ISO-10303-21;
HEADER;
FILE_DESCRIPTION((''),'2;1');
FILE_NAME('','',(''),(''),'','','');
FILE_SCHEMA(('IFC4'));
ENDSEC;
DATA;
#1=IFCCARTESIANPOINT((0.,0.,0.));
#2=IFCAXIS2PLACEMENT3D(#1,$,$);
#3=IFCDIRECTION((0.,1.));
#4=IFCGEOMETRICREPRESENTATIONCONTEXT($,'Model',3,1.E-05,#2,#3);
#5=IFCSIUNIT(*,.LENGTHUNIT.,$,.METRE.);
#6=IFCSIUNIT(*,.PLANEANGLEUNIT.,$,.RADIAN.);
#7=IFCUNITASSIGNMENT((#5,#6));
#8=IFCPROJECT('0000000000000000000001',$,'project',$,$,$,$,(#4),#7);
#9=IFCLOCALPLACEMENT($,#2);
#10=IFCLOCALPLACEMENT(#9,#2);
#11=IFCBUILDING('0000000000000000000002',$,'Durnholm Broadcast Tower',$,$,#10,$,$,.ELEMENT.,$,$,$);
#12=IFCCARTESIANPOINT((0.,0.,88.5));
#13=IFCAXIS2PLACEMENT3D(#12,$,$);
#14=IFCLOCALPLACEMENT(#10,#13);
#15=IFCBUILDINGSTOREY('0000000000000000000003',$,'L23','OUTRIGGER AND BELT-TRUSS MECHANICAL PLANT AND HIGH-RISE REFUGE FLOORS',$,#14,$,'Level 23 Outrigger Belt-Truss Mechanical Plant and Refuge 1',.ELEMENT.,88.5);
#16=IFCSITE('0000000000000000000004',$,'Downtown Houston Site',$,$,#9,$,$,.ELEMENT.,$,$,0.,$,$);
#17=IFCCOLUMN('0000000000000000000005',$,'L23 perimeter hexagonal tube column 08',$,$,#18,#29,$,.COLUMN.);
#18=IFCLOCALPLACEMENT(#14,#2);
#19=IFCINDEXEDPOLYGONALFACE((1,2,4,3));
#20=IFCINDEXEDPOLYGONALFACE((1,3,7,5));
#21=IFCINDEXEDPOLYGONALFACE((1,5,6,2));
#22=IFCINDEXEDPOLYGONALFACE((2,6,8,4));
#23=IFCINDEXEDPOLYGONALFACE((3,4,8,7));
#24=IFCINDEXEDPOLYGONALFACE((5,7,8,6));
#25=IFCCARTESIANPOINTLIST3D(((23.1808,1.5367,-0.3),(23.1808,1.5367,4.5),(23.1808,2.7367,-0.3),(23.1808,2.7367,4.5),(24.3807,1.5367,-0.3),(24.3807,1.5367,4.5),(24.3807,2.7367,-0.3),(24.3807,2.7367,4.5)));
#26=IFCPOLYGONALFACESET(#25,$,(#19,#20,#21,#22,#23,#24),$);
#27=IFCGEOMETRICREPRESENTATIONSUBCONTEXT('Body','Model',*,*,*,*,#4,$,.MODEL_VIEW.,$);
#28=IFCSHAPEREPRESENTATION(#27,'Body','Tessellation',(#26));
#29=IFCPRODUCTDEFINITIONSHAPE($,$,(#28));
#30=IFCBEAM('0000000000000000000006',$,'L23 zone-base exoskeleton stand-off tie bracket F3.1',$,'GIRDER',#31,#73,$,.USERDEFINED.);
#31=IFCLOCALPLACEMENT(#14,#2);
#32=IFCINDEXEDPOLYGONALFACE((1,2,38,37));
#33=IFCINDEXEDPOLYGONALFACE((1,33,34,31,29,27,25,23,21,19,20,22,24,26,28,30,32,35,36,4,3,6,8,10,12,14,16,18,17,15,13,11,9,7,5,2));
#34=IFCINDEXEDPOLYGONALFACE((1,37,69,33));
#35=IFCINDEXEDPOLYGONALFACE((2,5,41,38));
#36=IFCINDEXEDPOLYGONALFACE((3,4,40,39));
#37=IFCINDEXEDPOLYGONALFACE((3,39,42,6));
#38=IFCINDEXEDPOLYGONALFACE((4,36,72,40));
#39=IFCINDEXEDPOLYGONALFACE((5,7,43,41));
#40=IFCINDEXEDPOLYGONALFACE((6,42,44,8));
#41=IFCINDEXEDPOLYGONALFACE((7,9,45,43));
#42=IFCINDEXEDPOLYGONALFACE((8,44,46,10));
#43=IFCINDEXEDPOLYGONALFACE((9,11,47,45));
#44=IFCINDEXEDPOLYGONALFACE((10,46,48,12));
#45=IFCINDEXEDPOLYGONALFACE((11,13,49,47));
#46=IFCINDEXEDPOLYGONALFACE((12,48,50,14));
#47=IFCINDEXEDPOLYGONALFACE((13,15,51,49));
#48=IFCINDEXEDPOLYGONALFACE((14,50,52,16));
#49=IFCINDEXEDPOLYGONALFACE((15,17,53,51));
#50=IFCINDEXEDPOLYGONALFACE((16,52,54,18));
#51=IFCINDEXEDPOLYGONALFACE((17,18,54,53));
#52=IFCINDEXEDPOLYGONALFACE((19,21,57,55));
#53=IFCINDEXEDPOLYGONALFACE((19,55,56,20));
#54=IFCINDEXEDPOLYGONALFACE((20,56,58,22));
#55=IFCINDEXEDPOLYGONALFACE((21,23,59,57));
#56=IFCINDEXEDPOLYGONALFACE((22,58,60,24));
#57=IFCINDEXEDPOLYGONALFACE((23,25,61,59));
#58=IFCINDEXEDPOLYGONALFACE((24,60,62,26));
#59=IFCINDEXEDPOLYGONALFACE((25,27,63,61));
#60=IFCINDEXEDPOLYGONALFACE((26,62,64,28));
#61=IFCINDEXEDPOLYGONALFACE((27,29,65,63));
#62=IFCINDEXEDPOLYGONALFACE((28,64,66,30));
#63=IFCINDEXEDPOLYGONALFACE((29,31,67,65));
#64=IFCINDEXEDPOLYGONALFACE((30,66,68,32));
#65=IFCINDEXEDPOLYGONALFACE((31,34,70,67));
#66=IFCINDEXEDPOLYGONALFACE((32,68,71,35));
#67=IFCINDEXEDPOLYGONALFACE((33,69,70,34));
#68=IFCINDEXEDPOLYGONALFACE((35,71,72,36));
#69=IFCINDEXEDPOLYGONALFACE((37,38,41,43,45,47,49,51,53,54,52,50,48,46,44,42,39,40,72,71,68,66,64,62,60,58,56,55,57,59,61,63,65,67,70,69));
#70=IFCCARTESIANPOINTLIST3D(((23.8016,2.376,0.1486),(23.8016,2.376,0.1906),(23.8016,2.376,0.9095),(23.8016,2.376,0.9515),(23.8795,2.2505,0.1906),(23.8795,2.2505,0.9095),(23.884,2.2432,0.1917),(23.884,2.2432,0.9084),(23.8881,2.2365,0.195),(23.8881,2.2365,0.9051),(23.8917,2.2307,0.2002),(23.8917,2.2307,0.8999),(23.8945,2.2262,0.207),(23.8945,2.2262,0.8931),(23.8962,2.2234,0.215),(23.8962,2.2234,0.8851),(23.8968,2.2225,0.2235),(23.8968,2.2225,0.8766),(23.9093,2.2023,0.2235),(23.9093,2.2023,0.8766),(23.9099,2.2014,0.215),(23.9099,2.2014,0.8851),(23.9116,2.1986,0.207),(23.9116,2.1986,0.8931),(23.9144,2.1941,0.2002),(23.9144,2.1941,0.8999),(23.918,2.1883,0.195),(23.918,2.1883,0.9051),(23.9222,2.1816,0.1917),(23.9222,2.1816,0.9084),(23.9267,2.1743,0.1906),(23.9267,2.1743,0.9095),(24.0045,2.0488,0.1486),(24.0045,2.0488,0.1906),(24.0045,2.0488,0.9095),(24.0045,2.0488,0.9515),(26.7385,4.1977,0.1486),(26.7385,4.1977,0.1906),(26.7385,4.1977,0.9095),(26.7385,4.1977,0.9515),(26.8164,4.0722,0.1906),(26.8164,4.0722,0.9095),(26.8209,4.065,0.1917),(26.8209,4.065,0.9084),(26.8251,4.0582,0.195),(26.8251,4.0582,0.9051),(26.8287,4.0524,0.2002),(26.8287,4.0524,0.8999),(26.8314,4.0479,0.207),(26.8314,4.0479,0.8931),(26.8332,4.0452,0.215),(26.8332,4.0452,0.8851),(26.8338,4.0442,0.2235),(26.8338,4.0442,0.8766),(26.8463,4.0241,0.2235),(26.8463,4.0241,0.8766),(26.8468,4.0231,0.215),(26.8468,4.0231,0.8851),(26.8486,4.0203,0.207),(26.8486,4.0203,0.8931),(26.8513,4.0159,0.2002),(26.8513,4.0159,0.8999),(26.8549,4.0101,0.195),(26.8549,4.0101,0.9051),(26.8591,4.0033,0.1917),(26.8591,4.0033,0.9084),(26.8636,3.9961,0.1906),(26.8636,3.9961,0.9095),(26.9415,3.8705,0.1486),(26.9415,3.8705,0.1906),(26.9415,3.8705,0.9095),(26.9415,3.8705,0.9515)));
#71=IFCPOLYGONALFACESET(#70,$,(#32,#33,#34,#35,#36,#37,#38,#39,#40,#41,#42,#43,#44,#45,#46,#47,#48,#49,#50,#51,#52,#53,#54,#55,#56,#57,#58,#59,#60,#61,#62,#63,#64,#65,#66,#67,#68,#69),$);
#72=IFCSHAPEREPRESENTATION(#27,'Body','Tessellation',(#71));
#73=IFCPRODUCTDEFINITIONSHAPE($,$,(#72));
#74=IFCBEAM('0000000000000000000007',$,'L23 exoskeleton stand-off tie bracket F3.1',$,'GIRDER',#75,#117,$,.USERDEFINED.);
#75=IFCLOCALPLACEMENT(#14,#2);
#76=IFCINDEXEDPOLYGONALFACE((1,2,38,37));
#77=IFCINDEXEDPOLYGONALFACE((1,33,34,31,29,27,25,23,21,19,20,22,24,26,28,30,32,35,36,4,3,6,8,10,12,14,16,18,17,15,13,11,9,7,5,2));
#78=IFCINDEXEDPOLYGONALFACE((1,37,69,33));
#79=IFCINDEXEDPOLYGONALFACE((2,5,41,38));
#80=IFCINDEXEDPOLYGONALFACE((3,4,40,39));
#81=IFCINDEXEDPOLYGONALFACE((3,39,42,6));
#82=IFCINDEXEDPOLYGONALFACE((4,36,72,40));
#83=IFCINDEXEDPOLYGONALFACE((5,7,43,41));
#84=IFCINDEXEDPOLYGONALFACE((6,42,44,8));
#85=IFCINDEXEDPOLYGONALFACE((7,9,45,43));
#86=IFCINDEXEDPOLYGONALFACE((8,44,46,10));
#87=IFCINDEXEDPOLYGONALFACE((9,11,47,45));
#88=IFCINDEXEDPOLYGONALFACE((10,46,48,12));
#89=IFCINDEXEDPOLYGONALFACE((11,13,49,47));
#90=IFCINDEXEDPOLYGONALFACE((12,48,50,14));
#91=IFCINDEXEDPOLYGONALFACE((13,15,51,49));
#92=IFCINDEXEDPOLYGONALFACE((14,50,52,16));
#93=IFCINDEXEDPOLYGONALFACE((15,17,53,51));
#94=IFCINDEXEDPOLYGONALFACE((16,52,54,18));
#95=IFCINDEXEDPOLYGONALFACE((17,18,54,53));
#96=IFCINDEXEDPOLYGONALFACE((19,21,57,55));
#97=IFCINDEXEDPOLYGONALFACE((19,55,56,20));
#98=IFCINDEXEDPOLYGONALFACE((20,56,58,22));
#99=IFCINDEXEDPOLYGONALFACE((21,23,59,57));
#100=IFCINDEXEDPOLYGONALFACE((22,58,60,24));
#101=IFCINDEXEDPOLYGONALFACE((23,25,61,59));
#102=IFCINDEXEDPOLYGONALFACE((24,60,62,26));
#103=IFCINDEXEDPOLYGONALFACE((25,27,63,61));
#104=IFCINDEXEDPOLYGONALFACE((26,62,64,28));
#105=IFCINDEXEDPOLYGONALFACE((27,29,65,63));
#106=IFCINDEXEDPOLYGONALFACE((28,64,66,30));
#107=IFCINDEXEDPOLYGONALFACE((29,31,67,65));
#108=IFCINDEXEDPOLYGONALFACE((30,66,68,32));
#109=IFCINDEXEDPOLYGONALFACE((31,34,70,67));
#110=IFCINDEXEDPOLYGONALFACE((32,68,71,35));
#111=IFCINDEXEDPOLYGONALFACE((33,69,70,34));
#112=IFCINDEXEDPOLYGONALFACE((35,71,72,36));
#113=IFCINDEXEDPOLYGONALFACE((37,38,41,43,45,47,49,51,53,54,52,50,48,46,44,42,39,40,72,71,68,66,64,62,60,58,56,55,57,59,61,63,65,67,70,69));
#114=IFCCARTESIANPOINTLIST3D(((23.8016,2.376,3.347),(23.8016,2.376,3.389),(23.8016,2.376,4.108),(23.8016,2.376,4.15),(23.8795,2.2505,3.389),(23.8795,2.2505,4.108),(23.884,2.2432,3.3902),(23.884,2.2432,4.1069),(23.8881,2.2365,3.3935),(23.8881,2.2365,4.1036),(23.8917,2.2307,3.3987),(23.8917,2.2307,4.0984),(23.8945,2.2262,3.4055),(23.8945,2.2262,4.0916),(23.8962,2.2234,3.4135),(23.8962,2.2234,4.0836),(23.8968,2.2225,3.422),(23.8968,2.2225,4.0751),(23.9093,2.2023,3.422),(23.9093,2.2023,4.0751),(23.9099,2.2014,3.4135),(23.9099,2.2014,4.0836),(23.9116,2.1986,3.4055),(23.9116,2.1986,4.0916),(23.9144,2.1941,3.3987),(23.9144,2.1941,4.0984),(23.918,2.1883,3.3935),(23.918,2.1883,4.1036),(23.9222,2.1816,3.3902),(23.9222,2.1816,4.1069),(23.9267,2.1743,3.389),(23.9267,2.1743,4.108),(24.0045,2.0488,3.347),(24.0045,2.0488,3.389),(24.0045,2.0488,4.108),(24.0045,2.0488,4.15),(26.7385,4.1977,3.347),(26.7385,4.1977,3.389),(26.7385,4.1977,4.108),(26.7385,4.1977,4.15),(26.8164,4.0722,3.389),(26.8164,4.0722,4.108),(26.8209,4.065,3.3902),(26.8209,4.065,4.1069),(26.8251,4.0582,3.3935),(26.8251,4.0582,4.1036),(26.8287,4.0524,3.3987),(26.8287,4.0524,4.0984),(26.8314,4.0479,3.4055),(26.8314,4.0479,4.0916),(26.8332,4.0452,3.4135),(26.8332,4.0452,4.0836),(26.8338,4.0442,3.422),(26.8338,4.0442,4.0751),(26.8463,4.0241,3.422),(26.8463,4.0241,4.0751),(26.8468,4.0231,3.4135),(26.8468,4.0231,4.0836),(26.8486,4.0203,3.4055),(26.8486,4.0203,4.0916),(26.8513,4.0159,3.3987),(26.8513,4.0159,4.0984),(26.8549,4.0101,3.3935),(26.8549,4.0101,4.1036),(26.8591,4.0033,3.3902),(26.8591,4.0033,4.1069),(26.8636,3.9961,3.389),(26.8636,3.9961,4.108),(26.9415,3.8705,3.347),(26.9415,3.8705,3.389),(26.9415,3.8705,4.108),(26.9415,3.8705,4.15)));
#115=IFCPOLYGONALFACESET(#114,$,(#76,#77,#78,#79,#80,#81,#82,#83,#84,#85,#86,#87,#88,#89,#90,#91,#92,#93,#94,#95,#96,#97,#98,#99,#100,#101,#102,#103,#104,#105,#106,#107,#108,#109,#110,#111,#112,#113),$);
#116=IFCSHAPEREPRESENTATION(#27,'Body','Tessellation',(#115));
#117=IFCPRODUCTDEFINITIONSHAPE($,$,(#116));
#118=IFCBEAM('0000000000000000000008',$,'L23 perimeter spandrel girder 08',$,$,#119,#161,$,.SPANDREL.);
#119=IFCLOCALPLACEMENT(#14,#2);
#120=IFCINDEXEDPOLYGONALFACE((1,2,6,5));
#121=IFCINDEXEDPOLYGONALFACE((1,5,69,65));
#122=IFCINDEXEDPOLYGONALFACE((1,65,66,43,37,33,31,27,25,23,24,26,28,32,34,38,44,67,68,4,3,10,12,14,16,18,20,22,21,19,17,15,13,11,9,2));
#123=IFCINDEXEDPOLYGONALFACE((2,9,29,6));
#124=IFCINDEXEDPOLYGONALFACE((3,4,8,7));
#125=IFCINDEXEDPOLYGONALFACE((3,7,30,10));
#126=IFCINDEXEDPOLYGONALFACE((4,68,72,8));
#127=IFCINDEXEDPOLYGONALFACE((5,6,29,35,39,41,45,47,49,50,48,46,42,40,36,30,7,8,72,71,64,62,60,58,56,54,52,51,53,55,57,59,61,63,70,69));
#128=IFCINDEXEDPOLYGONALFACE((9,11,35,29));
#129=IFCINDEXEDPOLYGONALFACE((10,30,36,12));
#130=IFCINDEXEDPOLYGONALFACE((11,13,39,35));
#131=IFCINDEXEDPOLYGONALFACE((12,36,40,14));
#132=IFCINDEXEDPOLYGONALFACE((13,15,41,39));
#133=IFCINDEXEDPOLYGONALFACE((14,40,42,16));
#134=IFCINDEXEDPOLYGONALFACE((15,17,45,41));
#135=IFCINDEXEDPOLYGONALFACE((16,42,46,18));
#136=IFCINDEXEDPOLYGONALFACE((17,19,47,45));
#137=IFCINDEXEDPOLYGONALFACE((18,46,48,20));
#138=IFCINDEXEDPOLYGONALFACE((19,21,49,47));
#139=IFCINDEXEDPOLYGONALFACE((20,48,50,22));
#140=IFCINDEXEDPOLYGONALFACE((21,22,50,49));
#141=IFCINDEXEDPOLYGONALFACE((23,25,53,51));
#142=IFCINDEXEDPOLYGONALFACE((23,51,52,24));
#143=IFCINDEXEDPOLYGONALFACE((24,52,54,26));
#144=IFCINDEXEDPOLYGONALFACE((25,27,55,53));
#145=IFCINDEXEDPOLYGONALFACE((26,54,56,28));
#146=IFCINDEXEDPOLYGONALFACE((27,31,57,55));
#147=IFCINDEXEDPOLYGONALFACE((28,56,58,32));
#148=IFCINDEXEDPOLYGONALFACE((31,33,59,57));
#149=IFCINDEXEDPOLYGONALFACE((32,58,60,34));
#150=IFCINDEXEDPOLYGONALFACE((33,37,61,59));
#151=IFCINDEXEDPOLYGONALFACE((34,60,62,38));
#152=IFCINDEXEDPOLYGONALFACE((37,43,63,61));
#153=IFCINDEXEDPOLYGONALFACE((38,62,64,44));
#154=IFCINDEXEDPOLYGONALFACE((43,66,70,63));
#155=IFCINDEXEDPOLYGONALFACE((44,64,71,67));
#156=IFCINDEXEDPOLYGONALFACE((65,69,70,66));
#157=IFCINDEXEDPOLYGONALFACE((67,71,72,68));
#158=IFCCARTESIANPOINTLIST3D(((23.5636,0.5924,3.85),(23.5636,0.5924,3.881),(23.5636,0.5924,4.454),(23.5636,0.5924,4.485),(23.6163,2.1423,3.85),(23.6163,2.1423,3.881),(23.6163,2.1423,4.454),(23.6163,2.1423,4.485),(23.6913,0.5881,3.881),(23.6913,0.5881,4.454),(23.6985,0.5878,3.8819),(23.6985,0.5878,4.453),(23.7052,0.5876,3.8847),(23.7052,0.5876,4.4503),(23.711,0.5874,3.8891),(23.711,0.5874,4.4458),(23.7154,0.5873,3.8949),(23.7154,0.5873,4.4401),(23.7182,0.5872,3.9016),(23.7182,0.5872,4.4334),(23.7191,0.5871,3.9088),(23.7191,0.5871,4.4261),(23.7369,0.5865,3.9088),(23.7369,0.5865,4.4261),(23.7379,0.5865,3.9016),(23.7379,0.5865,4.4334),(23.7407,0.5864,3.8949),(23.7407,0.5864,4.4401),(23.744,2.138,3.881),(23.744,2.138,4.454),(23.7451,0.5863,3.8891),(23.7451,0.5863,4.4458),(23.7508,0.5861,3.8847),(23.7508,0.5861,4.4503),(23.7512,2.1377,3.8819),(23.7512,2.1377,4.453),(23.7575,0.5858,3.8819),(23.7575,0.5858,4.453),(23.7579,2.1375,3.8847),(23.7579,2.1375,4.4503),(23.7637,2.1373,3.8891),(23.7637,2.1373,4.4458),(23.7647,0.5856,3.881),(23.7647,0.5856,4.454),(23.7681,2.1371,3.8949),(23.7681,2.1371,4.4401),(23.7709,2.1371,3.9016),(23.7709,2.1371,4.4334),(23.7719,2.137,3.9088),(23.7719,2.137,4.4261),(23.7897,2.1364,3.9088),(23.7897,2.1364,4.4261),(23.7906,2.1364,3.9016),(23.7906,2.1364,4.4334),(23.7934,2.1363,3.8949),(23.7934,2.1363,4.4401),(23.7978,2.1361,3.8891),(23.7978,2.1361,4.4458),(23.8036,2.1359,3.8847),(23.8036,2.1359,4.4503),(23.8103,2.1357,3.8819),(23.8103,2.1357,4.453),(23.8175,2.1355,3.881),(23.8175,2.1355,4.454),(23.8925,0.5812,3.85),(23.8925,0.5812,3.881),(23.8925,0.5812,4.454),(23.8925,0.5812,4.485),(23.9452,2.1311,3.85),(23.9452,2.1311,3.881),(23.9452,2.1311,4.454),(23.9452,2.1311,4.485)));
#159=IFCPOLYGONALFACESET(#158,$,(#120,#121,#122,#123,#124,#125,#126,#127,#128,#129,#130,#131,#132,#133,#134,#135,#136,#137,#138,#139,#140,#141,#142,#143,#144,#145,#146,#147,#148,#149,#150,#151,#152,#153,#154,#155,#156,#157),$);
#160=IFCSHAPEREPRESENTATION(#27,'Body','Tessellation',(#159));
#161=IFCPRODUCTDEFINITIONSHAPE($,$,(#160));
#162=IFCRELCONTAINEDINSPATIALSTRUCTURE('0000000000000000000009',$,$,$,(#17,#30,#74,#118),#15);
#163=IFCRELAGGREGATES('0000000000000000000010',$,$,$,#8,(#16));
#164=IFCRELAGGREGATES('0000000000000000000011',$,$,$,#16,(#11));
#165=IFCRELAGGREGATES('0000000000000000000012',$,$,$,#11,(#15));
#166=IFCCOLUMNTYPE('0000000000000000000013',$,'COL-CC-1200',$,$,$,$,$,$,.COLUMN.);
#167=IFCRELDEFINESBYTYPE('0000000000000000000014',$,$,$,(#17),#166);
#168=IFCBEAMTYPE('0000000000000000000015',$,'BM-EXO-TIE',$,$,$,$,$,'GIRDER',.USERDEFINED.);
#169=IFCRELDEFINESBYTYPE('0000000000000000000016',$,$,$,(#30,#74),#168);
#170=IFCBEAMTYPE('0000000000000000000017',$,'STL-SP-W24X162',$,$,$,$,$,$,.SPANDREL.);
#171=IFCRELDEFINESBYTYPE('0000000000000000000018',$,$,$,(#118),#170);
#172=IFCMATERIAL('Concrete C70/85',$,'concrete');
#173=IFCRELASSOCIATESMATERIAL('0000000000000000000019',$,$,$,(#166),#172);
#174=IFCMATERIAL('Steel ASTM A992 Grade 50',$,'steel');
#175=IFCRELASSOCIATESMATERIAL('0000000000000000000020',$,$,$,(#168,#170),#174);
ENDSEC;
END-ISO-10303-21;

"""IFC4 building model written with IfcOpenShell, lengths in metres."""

from ifc_helpers import new_model, si_unit, direction, frame, origin, origin_2d, place, context, subcontext, project, spatial, rectangle, i_section, extrude, source, transform, mapped, material, material_profile, profile_set, type_object, type_shapes, element, save


model = new_model("IFC4")

# Units and contexts
model_context = context("Model", 3, precision=1e-05, world=origin(), true_north=direction((0.0, 1.0)))
body_context = subcontext(model_context, "Body", "Model", "MODEL_VIEW")
ifc_project = project(units=[si_unit("LENGTHUNIT", "METRE"), si_unit("PLANEANGLEUNIT", "RADIAN")], contexts=[model_context])

# Site, building, storey
site_placement = place(None, origin())
site = spatial("IfcSite", under=ifc_project, at=site_placement, Name="Downtown Houston Site", CompositionType="ELEMENT", RefElevation=0.0)
building_placement = place(site_placement, origin())
building = spatial("IfcBuilding", under=site, at=building_placement, Name="Durnholm Broadcast Tower", CompositionType="ELEMENT")
storey_placement = place(building_placement, frame((0.0, 0.0, 88.5)))
storey = spatial("IfcBuildingStorey", under=building, at=storey_placement, Name="L23", Description="OUTRIGGER AND BELT-TRUSS MECHANICAL PLANT AND HIGH-RISE REFUGE FLOORS", LongName="Level 23 Outrigger Belt-Truss Mechanical Plant and Refuge 1", CompositionType="ELEMENT", Elevation=88.5)

# Column
ifc_material_1 = material(Name="Concrete C70/85", Category="concrete")
ifc_material_profile_1 = material_profile(ifc_material_1, rectangle(XDim=1.2, YDim=1.2, at=origin_2d()), Name="RC1200X1200")
ifc_profile_set_1 = profile_set([ifc_material_profile_1], Name="Concrete C70/85")
column_type = type_object("IfcColumnType", Name="COL-CC-1200", PredefinedType="COLUMN", material=ifc_profile_set_1)
shared_shape_1 = source(origin(), body_context, "Body", "SweptSolid", [
    extrude(rectangle(XDim=1.2, YDim=1.2, at=origin_2d()), origin(), (0.0, 0.0, 1.0), 4.8),
])
type_shapes(column_type, [shared_shape_1])
column_placement = place(storey_placement, frame((23.7808, 2.1367, -0.3), z_axis=(0.0, 0.0, 1.0), x_axis=(1.0, 0.0, 0.0)))
element("IfcColumn", 1, at=column_placement, inside=storey, type_object=column_type, Name="L23 perimeter hexagonal tube column 08", PredefinedType="COLUMN", context=body_context, shape_type="MappedRepresentation", body=[
    mapped(shared_shape_1, transform((0.0, 0.0, 0.0), x_axis=(1.0, 0.0, 0.0), y_axis=(0.0, 1.0, 0.0), z_axis=(0.0, 0.0, 1.0), scale=1.0)),
])

# Beams
ifc_material_2 = material(Name="Steel ASTM A992 Grade 50", Category="steel")
ifc_material_profile_2 = material_profile(ifc_material_2, i_section(OverallWidth=0.385, OverallDepth=0.803, WebThickness=0.0237, FlangeThickness=0.042, FilletRadius=0.033, at=origin_2d()), Name="W30X261")
ifc_profile_set_2 = profile_set([ifc_material_profile_2], Name="Steel ASTM A992 Grade 50")
beam_type_1 = type_object("IfcBeamType", Name="BM-EXO-TIE", ElementType="GIRDER", PredefinedType="USERDEFINED", material=ifc_profile_set_2)
shared_shape_2 = source(origin(), body_context, "Body", "SweptSolid", [
    extrude(i_section(OverallWidth=0.385, OverallDepth=0.803, WebThickness=0.0237, FlangeThickness=0.042, FilletRadius=0.033, at=origin_2d()), origin(), (0.0, 0.0, 1.0), 3.4561),
])
for number, where, z_axis, x_axis, name in (
    (2, (23.9031, 2.2124, 0.55), (0.849795, 0.527113, 0.0), (-0.527113, 0.849795, 0.0), "L23 zone-base exoskeleton stand-off tie bracket F3.1"),
    (3, (23.9031, 2.2124, 3.7485), (0.849795, 0.527113, 0.0), (-0.527113, 0.849795, 0.0), "L23 exoskeleton stand-off tie bracket F3.1"),
):
    element("IfcBeam", number, at=place(storey_placement, frame(where, z_axis=z_axis, x_axis=x_axis)), inside=storey, type_object=beam_type_1, Name=name, ObjectType="GIRDER", PredefinedType="USERDEFINED", context=body_context, shape_type="MappedRepresentation", body=[
        mapped(shared_shape_2, transform((0.0, 0.0, 0.0), x_axis=(1.0, 0.0, 0.0), y_axis=(0.0, 1.0, 0.0), z_axis=(0.0, 0.0, 1.0), scale=1.0)),
    ])
ifc_material_profile_3 = material_profile(ifc_material_2, i_section(OverallWidth=0.3291, OverallDepth=0.635, WebThickness=0.0178, FlangeThickness=0.031, FilletRadius=0.0278, at=origin_2d()), Name="W24X162")
ifc_profile_set_3 = profile_set([ifc_material_profile_3], Name="Steel ASTM A992 Grade 50")
beam_type_2 = type_object("IfcBeamType", Name="STL-SP-W24X162", PredefinedType="SPANDREL", material=ifc_profile_set_3)
shared_shape_3 = source(origin(), body_context, "Body", "SweptSolid", [
    extrude(i_section(OverallWidth=0.3291, OverallDepth=0.635, WebThickness=0.0178, FlangeThickness=0.031, FilletRadius=0.0278, at=origin_2d()), origin(), (0.0, 0.0, 1.0), 1.5508),
])
type_shapes(beam_type_2, [shared_shape_3])
beam_placement = place(storey_placement, frame((23.7808, 2.1367, 4.1675), z_axis=(-0.034007, -0.999422, 0.0), x_axis=(0.999422, -0.034007, 0.0)))
element("IfcBeam", 4, at=beam_placement, inside=storey, type_object=beam_type_2, Name="L23 perimeter spandrel girder 08", PredefinedType="SPANDREL", context=body_context, shape_type="MappedRepresentation", body=[
    mapped(shared_shape_3, transform((0.0, 0.0, 0.0), x_axis=(1.0, 0.0, 0.0), y_axis=(0.0, 1.0, 0.0), z_axis=(0.0, 0.0, 1.0), scale=1.0)),
])

save(model, "model.ifc")
